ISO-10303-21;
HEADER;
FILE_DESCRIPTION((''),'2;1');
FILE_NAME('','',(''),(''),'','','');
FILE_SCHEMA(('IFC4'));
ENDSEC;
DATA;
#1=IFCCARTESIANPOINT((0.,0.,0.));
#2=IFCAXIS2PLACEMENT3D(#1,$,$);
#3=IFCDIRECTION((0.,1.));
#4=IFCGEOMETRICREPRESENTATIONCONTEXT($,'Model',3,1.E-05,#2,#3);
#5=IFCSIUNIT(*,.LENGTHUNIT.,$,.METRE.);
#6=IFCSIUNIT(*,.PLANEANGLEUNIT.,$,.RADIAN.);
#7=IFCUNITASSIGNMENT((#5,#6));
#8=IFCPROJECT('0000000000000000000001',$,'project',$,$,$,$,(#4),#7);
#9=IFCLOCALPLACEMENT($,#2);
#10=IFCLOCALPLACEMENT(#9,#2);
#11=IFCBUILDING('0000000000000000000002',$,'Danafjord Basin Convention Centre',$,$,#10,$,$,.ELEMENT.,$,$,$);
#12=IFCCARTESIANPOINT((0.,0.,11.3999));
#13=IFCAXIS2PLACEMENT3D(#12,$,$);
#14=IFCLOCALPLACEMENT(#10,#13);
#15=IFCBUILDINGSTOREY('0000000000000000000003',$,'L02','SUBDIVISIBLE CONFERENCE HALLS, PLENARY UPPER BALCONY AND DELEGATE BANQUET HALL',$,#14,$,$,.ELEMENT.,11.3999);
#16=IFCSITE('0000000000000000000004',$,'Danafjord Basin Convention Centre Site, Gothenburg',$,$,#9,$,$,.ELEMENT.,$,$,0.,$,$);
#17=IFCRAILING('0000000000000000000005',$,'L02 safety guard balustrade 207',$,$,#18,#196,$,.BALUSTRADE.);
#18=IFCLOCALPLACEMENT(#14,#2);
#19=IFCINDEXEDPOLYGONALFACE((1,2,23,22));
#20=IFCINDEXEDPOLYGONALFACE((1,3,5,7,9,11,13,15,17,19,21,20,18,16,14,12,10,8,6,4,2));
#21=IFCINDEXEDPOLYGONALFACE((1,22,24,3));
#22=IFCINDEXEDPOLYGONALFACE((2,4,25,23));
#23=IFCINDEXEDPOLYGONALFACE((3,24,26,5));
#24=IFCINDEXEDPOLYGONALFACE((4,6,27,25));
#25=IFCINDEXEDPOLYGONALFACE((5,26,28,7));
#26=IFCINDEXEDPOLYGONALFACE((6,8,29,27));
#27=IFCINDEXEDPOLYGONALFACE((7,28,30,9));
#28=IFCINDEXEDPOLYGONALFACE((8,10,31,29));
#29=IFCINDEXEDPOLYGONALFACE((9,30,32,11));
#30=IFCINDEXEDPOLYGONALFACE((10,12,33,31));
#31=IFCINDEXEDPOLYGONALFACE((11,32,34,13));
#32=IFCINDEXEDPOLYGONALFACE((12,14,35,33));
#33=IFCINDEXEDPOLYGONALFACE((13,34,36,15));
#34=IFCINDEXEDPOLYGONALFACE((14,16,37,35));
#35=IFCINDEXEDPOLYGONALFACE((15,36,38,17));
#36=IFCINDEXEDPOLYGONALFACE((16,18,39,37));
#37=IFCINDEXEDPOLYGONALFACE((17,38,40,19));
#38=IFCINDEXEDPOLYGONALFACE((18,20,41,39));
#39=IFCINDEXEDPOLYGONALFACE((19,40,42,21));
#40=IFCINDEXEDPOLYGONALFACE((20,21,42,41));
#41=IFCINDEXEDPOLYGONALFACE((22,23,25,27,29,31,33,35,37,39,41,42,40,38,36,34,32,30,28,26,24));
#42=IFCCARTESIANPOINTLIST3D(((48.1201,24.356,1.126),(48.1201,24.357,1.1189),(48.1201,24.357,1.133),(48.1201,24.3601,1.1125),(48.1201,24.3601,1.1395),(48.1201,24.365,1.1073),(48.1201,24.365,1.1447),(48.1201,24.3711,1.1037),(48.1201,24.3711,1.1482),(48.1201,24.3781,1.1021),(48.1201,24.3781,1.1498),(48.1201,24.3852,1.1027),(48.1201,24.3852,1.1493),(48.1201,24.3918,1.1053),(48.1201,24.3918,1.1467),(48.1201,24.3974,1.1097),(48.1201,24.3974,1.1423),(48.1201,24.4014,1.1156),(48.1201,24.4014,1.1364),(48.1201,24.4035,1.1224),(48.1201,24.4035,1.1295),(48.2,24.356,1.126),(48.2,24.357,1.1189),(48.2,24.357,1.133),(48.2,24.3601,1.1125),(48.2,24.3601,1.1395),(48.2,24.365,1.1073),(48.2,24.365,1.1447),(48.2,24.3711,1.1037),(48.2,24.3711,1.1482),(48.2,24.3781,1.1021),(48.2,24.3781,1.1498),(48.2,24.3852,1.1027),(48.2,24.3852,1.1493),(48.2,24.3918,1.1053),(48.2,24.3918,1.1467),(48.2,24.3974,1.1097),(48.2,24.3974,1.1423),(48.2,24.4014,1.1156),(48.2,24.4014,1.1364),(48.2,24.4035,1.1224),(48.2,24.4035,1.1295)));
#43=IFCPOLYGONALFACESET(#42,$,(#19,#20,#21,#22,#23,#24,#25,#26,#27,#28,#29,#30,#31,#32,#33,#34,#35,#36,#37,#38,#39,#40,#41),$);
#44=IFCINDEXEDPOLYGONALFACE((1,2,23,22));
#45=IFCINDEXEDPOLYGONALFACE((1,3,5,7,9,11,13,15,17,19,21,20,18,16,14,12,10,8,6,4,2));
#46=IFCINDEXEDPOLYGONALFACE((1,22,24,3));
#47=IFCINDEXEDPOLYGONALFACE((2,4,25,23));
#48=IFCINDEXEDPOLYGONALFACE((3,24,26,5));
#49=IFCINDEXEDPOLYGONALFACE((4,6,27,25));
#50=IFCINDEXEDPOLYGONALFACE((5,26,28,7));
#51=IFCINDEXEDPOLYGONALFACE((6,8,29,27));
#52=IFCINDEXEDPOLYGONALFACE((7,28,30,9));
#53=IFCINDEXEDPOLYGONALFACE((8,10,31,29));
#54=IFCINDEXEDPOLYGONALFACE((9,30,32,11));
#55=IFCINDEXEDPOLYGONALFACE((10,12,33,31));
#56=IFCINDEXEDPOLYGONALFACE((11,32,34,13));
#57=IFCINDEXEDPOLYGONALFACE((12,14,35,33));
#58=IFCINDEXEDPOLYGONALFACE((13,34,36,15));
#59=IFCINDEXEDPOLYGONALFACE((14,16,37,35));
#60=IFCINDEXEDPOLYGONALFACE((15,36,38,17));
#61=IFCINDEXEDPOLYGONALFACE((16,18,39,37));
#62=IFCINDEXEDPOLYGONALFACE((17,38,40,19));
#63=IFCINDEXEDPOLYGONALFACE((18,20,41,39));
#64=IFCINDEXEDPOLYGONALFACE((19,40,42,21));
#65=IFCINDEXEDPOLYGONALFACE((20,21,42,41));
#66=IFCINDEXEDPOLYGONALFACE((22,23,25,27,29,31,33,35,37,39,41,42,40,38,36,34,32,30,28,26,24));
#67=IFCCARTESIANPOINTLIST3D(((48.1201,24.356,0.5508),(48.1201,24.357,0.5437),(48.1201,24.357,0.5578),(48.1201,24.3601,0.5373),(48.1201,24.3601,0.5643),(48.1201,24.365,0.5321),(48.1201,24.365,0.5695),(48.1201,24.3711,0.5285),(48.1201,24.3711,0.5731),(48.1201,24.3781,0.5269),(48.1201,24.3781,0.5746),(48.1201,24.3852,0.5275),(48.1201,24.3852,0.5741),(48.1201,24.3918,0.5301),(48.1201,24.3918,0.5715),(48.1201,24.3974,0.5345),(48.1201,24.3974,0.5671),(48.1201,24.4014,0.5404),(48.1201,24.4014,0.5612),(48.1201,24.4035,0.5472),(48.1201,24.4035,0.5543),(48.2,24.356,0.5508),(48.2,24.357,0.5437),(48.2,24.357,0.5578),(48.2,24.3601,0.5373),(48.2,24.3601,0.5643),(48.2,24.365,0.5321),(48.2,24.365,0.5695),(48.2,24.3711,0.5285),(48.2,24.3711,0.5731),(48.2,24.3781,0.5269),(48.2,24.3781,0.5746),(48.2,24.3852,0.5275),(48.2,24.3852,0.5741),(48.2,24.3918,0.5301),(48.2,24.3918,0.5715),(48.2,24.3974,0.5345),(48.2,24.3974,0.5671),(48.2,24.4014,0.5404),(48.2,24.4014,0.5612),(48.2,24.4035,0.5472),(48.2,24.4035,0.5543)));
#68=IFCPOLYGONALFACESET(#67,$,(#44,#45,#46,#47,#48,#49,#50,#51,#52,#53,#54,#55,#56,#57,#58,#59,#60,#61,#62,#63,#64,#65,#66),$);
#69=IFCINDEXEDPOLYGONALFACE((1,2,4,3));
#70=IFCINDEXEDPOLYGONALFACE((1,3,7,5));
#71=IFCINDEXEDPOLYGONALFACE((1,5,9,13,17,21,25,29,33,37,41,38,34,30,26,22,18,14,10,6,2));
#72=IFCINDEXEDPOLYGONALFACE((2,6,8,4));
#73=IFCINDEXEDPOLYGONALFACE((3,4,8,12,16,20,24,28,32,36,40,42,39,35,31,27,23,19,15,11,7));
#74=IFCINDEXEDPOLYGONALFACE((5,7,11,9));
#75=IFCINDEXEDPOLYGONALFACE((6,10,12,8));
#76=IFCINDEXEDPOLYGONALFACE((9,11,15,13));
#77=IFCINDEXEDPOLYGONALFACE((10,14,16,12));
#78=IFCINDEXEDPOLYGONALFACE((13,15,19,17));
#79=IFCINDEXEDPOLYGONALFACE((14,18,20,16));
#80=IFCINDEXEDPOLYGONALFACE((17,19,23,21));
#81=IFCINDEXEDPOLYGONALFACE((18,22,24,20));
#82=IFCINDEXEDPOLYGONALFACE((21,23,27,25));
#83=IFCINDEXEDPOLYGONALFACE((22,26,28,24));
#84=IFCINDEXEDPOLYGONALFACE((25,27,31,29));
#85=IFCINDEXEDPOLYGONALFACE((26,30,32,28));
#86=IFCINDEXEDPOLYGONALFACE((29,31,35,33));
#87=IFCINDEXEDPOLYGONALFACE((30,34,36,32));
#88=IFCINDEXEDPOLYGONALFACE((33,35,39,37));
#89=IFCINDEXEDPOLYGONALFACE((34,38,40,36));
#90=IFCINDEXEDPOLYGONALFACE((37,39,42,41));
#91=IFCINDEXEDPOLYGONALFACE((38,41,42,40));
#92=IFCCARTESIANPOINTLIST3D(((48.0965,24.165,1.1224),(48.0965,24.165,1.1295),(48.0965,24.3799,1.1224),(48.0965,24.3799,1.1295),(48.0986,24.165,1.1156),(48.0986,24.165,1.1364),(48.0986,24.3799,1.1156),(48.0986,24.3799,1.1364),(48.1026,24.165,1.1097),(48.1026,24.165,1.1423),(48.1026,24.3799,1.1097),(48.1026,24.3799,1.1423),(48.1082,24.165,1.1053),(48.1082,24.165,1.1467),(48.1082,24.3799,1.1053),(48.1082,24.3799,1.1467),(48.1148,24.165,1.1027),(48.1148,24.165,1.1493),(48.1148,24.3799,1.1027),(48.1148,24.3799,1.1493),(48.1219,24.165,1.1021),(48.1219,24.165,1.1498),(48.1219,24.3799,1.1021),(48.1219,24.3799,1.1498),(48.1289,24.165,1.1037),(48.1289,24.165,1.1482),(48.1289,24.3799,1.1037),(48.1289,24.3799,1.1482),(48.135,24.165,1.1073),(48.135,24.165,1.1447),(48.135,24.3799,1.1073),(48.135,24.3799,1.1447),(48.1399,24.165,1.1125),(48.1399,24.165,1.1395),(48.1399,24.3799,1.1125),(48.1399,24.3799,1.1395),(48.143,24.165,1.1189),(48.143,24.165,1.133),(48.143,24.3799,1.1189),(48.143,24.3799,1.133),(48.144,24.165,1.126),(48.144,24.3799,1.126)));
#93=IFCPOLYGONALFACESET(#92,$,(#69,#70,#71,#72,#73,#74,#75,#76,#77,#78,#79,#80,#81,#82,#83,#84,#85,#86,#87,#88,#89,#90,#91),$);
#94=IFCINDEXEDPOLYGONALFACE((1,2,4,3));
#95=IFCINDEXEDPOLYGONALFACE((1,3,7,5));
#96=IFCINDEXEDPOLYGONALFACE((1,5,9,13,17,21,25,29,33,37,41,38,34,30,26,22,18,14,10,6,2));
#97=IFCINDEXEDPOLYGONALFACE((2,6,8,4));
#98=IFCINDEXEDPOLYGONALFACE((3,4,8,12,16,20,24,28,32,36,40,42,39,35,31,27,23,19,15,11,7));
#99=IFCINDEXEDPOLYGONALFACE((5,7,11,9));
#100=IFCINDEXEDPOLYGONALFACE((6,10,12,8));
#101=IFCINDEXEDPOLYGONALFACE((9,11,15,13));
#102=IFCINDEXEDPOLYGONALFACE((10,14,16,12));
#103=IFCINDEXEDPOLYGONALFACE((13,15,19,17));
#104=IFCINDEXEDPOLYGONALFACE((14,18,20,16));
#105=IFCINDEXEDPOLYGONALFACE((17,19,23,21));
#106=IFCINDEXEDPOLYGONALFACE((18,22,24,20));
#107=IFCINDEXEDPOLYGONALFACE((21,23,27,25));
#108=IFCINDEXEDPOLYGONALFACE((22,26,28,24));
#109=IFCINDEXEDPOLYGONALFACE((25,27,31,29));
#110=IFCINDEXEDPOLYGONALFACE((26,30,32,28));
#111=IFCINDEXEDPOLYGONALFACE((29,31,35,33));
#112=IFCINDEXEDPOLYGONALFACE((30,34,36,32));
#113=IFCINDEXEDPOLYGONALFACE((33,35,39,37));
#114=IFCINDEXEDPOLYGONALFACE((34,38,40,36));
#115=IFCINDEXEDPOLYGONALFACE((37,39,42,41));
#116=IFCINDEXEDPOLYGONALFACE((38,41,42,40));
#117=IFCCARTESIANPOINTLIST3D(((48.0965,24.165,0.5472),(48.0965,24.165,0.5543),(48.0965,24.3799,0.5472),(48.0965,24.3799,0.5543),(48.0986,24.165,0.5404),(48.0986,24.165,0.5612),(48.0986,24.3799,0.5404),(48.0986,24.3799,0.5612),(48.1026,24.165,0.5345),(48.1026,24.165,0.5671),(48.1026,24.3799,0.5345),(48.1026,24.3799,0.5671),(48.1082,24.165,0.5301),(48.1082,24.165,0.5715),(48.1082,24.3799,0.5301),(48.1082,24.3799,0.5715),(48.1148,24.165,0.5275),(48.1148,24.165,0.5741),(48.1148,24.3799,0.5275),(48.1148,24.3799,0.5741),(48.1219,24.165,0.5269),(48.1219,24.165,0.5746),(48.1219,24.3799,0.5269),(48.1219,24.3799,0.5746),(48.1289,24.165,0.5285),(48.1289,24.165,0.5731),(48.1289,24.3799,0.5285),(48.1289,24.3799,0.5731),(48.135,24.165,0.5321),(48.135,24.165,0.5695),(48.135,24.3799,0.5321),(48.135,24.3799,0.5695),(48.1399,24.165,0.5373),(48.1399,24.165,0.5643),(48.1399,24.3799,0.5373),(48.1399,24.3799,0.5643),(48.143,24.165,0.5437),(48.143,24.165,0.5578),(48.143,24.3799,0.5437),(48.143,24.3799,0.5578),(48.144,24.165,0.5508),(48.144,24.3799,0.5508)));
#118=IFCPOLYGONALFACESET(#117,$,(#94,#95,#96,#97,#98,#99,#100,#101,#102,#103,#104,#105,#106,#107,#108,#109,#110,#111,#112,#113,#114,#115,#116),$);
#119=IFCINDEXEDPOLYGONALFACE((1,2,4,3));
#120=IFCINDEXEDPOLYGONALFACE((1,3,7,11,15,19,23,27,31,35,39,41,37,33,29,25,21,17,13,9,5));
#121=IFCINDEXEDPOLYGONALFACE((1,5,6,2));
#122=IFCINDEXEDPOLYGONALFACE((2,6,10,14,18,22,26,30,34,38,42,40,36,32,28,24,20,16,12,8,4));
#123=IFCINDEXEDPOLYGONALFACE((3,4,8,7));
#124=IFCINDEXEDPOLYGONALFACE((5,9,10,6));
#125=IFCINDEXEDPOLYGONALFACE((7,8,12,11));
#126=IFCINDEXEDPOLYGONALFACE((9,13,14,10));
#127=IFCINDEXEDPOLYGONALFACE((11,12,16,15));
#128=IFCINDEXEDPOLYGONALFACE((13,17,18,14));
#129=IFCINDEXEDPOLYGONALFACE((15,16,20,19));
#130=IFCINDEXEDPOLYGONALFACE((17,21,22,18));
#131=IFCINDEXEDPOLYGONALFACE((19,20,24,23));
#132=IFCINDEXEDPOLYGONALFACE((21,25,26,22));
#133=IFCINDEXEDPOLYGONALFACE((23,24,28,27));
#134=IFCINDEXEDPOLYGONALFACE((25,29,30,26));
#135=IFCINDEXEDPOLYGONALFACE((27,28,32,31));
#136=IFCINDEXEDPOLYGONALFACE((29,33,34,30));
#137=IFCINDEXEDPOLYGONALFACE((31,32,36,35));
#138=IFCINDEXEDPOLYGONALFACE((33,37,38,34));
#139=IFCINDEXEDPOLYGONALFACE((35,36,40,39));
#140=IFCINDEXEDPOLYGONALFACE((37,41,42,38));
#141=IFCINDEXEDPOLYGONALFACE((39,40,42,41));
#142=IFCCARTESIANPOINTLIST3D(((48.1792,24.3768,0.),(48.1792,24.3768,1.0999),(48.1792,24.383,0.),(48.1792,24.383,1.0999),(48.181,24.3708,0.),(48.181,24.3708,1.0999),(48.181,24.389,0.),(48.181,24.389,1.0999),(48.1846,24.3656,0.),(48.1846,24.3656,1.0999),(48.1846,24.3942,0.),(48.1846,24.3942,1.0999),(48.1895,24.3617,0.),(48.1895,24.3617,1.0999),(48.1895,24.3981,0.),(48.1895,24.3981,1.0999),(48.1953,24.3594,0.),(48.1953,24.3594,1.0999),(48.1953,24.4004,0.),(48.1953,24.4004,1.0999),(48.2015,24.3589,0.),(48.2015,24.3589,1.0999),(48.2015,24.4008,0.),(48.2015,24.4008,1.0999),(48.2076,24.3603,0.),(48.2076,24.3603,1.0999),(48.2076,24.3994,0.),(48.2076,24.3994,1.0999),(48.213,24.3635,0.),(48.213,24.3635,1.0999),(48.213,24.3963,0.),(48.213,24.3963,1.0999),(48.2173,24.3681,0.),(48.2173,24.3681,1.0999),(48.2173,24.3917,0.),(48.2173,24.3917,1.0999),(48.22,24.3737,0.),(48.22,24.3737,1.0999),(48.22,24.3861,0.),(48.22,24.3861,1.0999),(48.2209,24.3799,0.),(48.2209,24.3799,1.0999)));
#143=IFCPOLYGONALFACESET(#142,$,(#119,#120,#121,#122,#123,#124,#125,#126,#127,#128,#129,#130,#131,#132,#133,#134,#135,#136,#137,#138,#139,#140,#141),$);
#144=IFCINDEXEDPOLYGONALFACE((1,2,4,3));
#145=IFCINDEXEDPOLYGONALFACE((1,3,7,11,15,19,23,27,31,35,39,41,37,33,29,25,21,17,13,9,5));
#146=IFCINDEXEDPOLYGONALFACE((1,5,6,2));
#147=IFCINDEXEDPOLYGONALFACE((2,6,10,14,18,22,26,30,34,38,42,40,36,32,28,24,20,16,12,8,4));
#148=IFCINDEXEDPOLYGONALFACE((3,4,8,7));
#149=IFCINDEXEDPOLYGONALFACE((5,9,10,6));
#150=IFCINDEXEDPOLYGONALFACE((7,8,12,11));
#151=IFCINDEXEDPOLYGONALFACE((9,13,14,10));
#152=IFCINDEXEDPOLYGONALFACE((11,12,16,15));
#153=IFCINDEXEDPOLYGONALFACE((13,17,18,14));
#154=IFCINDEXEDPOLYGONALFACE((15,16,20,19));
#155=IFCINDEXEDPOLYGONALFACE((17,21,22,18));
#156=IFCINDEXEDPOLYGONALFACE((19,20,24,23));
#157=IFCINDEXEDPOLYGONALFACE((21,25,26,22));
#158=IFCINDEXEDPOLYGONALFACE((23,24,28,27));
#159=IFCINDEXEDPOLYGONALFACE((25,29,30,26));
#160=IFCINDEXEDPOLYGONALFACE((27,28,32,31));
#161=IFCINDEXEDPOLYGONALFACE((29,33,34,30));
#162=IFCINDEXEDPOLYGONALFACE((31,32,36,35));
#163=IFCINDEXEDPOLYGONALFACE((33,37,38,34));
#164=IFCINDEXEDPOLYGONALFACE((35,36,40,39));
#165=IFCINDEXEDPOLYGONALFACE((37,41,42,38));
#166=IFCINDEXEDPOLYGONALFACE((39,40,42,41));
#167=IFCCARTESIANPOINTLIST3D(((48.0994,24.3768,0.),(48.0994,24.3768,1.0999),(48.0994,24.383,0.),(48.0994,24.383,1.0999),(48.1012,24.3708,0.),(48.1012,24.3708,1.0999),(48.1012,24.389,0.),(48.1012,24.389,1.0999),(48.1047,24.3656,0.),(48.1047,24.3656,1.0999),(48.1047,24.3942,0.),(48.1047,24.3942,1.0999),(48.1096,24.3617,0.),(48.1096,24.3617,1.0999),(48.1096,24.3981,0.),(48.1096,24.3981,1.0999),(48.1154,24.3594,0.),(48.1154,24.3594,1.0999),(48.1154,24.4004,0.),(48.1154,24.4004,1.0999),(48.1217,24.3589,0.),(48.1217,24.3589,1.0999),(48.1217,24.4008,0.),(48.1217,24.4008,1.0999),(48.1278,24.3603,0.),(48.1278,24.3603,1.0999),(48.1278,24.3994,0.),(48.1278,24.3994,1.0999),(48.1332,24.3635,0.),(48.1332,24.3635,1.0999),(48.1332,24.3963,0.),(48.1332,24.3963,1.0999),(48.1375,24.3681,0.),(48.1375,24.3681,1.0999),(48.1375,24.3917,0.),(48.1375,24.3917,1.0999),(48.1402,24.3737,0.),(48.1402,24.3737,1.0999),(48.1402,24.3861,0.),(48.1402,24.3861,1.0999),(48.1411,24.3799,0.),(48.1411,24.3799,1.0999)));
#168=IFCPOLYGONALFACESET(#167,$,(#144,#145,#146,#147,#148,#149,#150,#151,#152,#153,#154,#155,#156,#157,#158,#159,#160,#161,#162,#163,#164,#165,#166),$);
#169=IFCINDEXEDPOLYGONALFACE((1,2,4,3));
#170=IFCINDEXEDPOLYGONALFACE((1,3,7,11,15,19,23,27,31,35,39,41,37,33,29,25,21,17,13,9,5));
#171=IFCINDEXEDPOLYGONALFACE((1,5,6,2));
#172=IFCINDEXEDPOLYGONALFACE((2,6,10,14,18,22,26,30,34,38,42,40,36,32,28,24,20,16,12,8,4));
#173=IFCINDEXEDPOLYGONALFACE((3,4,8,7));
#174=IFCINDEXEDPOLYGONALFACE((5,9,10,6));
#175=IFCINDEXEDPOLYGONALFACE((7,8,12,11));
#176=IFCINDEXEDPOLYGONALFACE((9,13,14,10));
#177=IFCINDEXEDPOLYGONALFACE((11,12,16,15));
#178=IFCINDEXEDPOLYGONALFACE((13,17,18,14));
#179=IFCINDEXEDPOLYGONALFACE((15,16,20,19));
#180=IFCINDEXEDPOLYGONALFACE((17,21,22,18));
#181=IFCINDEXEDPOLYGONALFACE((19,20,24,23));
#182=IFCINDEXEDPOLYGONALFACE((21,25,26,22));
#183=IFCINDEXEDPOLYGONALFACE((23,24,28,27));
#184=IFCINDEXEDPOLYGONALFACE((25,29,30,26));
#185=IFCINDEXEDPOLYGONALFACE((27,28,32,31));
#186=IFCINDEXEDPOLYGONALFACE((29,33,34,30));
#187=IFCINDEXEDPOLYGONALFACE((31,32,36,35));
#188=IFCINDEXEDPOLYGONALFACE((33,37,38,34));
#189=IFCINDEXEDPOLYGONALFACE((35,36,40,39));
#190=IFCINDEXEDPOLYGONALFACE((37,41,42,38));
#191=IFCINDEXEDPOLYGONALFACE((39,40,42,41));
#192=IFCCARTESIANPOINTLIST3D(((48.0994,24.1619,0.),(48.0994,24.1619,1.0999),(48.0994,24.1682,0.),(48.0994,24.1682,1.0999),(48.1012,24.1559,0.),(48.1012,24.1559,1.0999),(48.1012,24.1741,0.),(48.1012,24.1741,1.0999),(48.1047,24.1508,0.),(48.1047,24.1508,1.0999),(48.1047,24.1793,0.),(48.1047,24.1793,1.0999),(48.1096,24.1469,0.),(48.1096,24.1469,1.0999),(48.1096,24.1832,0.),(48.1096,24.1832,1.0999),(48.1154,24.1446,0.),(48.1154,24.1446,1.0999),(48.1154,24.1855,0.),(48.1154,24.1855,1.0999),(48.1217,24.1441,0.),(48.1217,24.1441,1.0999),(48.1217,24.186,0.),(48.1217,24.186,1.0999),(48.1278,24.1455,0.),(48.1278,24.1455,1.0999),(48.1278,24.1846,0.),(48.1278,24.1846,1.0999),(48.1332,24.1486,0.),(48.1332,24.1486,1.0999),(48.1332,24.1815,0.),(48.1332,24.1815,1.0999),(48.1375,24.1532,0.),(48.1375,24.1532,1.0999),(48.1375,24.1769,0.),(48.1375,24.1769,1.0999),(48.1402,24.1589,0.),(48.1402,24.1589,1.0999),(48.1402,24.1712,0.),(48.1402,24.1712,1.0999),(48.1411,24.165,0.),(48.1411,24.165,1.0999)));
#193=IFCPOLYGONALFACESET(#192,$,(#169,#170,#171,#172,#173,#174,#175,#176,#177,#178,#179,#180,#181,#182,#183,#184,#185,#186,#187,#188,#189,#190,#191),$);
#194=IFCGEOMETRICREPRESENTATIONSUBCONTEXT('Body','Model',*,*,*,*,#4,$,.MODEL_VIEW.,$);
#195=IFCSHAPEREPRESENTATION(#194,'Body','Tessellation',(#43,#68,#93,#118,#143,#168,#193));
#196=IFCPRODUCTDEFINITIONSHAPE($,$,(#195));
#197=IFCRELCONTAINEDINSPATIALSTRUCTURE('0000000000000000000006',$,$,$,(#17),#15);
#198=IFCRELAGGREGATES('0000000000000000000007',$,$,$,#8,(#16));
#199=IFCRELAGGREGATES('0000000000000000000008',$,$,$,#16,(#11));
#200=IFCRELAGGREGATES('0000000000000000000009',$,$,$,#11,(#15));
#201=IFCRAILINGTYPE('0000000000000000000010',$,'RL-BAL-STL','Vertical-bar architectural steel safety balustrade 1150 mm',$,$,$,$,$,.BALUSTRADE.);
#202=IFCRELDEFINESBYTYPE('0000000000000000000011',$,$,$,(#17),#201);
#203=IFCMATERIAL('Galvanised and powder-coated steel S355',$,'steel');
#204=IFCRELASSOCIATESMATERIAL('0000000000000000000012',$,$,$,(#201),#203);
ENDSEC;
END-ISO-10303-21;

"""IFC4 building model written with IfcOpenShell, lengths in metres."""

from ifc_helpers import new_model, si_unit, direction, frame, origin, origin_2d, place, context, subcontext, project, spatial, circle, extrude, material, type_object, element, save


model = new_model("IFC4")

# Units and contexts
model_context = context("Model", 3, precision=1e-05, world=origin(), true_north=direction((0.0, 1.0)))
body_context = subcontext(model_context, "Body", "Model", "MODEL_VIEW")
ifc_project = project(units=[si_unit("LENGTHUNIT", "METRE"), si_unit("PLANEANGLEUNIT", "RADIAN")], contexts=[model_context])

# Site, building, storey
site_placement = place(None, origin())
site = spatial("IfcSite", under=ifc_project, at=site_placement, Name="Danafjord Basin Convention Centre Site, Gothenburg", CompositionType="ELEMENT", RefElevation=0.0)
building_placement = place(site_placement, origin())
building = spatial("IfcBuilding", under=site, at=building_placement, Name="Danafjord Basin Convention Centre", CompositionType="ELEMENT")
storey_placement = place(building_placement, frame((0.0, 0.0, 11.3999)))
storey = spatial("IfcBuildingStorey", under=building, at=storey_placement, Name="L02", Description="SUBDIVISIBLE CONFERENCE HALLS, PLENARY UPPER BALCONY AND DELEGATE BANQUET HALL", CompositionType="ELEMENT", Elevation=11.3999)

# Railing
ifc_material_1 = material(Name="Galvanised and powder-coated steel S355", Category="steel")
railing_type_1 = type_object("IfcRailingType", Name="RL-BAL-STL", Description="Vertical-bar architectural steel safety balustrade 1150 mm", PredefinedType="BALUSTRADE", material=ifc_material_1)
railing_1_placement = place(storey_placement, frame((48.2, 24.3799, 0.0)))
element("IfcRailing", 1, at=railing_1_placement, inside=storey, type_object=railing_type_1, Name="L02 safety guard balustrade 207", PredefinedType="BALUSTRADE", context=body_context, shape_type="SweptSolid", body=[
    extrude(circle(Radius=0.0239, at=origin_2d()), frame((0.0, 0.0, 1.126), z_axis=(-1.0, 0.0, 0.0), x_axis=(0.0, -1.0, 0.0)), (0.0, 0.0, 1.0), 0.0798),
    extrude(circle(Radius=0.0239, at=origin_2d()), frame((0.0, 0.0, 0.5508), z_axis=(-1.0, 0.0, 0.0), x_axis=(0.0, -1.0, 0.0)), (0.0, 0.0, 1.0), 0.0798),
    extrude(circle(Radius=0.0239, at=origin_2d()), frame((-0.0798, 0.0, 1.126), z_axis=(0.0, -1.0, 0.0), x_axis=(1.0, 0.0, 0.0)), (0.0, 0.0, 1.0), 0.2148),
    extrude(circle(Radius=0.0239, at=origin_2d()), frame((-0.0798, 0.0, 0.5508), z_axis=(0.0, -1.0, 0.0), x_axis=(1.0, 0.0, 0.0)), (0.0, 0.0, 1.0), 0.2148),
    extrude(circle(Radius=0.021, at=origin_2d()), origin(), (0.0, 0.0, 1.0), 1.0999),
    extrude(circle(Radius=0.021, at=origin_2d()), frame((-0.0798, 0.0, 0.0)), (0.0, 0.0, 1.0), 1.0999),
    extrude(circle(Radius=0.021, at=origin_2d()), frame((-0.0798, -0.2148, 0.0)), (0.0, 0.0, 1.0), 1.0999),
])

save(model, "model.ifc")
